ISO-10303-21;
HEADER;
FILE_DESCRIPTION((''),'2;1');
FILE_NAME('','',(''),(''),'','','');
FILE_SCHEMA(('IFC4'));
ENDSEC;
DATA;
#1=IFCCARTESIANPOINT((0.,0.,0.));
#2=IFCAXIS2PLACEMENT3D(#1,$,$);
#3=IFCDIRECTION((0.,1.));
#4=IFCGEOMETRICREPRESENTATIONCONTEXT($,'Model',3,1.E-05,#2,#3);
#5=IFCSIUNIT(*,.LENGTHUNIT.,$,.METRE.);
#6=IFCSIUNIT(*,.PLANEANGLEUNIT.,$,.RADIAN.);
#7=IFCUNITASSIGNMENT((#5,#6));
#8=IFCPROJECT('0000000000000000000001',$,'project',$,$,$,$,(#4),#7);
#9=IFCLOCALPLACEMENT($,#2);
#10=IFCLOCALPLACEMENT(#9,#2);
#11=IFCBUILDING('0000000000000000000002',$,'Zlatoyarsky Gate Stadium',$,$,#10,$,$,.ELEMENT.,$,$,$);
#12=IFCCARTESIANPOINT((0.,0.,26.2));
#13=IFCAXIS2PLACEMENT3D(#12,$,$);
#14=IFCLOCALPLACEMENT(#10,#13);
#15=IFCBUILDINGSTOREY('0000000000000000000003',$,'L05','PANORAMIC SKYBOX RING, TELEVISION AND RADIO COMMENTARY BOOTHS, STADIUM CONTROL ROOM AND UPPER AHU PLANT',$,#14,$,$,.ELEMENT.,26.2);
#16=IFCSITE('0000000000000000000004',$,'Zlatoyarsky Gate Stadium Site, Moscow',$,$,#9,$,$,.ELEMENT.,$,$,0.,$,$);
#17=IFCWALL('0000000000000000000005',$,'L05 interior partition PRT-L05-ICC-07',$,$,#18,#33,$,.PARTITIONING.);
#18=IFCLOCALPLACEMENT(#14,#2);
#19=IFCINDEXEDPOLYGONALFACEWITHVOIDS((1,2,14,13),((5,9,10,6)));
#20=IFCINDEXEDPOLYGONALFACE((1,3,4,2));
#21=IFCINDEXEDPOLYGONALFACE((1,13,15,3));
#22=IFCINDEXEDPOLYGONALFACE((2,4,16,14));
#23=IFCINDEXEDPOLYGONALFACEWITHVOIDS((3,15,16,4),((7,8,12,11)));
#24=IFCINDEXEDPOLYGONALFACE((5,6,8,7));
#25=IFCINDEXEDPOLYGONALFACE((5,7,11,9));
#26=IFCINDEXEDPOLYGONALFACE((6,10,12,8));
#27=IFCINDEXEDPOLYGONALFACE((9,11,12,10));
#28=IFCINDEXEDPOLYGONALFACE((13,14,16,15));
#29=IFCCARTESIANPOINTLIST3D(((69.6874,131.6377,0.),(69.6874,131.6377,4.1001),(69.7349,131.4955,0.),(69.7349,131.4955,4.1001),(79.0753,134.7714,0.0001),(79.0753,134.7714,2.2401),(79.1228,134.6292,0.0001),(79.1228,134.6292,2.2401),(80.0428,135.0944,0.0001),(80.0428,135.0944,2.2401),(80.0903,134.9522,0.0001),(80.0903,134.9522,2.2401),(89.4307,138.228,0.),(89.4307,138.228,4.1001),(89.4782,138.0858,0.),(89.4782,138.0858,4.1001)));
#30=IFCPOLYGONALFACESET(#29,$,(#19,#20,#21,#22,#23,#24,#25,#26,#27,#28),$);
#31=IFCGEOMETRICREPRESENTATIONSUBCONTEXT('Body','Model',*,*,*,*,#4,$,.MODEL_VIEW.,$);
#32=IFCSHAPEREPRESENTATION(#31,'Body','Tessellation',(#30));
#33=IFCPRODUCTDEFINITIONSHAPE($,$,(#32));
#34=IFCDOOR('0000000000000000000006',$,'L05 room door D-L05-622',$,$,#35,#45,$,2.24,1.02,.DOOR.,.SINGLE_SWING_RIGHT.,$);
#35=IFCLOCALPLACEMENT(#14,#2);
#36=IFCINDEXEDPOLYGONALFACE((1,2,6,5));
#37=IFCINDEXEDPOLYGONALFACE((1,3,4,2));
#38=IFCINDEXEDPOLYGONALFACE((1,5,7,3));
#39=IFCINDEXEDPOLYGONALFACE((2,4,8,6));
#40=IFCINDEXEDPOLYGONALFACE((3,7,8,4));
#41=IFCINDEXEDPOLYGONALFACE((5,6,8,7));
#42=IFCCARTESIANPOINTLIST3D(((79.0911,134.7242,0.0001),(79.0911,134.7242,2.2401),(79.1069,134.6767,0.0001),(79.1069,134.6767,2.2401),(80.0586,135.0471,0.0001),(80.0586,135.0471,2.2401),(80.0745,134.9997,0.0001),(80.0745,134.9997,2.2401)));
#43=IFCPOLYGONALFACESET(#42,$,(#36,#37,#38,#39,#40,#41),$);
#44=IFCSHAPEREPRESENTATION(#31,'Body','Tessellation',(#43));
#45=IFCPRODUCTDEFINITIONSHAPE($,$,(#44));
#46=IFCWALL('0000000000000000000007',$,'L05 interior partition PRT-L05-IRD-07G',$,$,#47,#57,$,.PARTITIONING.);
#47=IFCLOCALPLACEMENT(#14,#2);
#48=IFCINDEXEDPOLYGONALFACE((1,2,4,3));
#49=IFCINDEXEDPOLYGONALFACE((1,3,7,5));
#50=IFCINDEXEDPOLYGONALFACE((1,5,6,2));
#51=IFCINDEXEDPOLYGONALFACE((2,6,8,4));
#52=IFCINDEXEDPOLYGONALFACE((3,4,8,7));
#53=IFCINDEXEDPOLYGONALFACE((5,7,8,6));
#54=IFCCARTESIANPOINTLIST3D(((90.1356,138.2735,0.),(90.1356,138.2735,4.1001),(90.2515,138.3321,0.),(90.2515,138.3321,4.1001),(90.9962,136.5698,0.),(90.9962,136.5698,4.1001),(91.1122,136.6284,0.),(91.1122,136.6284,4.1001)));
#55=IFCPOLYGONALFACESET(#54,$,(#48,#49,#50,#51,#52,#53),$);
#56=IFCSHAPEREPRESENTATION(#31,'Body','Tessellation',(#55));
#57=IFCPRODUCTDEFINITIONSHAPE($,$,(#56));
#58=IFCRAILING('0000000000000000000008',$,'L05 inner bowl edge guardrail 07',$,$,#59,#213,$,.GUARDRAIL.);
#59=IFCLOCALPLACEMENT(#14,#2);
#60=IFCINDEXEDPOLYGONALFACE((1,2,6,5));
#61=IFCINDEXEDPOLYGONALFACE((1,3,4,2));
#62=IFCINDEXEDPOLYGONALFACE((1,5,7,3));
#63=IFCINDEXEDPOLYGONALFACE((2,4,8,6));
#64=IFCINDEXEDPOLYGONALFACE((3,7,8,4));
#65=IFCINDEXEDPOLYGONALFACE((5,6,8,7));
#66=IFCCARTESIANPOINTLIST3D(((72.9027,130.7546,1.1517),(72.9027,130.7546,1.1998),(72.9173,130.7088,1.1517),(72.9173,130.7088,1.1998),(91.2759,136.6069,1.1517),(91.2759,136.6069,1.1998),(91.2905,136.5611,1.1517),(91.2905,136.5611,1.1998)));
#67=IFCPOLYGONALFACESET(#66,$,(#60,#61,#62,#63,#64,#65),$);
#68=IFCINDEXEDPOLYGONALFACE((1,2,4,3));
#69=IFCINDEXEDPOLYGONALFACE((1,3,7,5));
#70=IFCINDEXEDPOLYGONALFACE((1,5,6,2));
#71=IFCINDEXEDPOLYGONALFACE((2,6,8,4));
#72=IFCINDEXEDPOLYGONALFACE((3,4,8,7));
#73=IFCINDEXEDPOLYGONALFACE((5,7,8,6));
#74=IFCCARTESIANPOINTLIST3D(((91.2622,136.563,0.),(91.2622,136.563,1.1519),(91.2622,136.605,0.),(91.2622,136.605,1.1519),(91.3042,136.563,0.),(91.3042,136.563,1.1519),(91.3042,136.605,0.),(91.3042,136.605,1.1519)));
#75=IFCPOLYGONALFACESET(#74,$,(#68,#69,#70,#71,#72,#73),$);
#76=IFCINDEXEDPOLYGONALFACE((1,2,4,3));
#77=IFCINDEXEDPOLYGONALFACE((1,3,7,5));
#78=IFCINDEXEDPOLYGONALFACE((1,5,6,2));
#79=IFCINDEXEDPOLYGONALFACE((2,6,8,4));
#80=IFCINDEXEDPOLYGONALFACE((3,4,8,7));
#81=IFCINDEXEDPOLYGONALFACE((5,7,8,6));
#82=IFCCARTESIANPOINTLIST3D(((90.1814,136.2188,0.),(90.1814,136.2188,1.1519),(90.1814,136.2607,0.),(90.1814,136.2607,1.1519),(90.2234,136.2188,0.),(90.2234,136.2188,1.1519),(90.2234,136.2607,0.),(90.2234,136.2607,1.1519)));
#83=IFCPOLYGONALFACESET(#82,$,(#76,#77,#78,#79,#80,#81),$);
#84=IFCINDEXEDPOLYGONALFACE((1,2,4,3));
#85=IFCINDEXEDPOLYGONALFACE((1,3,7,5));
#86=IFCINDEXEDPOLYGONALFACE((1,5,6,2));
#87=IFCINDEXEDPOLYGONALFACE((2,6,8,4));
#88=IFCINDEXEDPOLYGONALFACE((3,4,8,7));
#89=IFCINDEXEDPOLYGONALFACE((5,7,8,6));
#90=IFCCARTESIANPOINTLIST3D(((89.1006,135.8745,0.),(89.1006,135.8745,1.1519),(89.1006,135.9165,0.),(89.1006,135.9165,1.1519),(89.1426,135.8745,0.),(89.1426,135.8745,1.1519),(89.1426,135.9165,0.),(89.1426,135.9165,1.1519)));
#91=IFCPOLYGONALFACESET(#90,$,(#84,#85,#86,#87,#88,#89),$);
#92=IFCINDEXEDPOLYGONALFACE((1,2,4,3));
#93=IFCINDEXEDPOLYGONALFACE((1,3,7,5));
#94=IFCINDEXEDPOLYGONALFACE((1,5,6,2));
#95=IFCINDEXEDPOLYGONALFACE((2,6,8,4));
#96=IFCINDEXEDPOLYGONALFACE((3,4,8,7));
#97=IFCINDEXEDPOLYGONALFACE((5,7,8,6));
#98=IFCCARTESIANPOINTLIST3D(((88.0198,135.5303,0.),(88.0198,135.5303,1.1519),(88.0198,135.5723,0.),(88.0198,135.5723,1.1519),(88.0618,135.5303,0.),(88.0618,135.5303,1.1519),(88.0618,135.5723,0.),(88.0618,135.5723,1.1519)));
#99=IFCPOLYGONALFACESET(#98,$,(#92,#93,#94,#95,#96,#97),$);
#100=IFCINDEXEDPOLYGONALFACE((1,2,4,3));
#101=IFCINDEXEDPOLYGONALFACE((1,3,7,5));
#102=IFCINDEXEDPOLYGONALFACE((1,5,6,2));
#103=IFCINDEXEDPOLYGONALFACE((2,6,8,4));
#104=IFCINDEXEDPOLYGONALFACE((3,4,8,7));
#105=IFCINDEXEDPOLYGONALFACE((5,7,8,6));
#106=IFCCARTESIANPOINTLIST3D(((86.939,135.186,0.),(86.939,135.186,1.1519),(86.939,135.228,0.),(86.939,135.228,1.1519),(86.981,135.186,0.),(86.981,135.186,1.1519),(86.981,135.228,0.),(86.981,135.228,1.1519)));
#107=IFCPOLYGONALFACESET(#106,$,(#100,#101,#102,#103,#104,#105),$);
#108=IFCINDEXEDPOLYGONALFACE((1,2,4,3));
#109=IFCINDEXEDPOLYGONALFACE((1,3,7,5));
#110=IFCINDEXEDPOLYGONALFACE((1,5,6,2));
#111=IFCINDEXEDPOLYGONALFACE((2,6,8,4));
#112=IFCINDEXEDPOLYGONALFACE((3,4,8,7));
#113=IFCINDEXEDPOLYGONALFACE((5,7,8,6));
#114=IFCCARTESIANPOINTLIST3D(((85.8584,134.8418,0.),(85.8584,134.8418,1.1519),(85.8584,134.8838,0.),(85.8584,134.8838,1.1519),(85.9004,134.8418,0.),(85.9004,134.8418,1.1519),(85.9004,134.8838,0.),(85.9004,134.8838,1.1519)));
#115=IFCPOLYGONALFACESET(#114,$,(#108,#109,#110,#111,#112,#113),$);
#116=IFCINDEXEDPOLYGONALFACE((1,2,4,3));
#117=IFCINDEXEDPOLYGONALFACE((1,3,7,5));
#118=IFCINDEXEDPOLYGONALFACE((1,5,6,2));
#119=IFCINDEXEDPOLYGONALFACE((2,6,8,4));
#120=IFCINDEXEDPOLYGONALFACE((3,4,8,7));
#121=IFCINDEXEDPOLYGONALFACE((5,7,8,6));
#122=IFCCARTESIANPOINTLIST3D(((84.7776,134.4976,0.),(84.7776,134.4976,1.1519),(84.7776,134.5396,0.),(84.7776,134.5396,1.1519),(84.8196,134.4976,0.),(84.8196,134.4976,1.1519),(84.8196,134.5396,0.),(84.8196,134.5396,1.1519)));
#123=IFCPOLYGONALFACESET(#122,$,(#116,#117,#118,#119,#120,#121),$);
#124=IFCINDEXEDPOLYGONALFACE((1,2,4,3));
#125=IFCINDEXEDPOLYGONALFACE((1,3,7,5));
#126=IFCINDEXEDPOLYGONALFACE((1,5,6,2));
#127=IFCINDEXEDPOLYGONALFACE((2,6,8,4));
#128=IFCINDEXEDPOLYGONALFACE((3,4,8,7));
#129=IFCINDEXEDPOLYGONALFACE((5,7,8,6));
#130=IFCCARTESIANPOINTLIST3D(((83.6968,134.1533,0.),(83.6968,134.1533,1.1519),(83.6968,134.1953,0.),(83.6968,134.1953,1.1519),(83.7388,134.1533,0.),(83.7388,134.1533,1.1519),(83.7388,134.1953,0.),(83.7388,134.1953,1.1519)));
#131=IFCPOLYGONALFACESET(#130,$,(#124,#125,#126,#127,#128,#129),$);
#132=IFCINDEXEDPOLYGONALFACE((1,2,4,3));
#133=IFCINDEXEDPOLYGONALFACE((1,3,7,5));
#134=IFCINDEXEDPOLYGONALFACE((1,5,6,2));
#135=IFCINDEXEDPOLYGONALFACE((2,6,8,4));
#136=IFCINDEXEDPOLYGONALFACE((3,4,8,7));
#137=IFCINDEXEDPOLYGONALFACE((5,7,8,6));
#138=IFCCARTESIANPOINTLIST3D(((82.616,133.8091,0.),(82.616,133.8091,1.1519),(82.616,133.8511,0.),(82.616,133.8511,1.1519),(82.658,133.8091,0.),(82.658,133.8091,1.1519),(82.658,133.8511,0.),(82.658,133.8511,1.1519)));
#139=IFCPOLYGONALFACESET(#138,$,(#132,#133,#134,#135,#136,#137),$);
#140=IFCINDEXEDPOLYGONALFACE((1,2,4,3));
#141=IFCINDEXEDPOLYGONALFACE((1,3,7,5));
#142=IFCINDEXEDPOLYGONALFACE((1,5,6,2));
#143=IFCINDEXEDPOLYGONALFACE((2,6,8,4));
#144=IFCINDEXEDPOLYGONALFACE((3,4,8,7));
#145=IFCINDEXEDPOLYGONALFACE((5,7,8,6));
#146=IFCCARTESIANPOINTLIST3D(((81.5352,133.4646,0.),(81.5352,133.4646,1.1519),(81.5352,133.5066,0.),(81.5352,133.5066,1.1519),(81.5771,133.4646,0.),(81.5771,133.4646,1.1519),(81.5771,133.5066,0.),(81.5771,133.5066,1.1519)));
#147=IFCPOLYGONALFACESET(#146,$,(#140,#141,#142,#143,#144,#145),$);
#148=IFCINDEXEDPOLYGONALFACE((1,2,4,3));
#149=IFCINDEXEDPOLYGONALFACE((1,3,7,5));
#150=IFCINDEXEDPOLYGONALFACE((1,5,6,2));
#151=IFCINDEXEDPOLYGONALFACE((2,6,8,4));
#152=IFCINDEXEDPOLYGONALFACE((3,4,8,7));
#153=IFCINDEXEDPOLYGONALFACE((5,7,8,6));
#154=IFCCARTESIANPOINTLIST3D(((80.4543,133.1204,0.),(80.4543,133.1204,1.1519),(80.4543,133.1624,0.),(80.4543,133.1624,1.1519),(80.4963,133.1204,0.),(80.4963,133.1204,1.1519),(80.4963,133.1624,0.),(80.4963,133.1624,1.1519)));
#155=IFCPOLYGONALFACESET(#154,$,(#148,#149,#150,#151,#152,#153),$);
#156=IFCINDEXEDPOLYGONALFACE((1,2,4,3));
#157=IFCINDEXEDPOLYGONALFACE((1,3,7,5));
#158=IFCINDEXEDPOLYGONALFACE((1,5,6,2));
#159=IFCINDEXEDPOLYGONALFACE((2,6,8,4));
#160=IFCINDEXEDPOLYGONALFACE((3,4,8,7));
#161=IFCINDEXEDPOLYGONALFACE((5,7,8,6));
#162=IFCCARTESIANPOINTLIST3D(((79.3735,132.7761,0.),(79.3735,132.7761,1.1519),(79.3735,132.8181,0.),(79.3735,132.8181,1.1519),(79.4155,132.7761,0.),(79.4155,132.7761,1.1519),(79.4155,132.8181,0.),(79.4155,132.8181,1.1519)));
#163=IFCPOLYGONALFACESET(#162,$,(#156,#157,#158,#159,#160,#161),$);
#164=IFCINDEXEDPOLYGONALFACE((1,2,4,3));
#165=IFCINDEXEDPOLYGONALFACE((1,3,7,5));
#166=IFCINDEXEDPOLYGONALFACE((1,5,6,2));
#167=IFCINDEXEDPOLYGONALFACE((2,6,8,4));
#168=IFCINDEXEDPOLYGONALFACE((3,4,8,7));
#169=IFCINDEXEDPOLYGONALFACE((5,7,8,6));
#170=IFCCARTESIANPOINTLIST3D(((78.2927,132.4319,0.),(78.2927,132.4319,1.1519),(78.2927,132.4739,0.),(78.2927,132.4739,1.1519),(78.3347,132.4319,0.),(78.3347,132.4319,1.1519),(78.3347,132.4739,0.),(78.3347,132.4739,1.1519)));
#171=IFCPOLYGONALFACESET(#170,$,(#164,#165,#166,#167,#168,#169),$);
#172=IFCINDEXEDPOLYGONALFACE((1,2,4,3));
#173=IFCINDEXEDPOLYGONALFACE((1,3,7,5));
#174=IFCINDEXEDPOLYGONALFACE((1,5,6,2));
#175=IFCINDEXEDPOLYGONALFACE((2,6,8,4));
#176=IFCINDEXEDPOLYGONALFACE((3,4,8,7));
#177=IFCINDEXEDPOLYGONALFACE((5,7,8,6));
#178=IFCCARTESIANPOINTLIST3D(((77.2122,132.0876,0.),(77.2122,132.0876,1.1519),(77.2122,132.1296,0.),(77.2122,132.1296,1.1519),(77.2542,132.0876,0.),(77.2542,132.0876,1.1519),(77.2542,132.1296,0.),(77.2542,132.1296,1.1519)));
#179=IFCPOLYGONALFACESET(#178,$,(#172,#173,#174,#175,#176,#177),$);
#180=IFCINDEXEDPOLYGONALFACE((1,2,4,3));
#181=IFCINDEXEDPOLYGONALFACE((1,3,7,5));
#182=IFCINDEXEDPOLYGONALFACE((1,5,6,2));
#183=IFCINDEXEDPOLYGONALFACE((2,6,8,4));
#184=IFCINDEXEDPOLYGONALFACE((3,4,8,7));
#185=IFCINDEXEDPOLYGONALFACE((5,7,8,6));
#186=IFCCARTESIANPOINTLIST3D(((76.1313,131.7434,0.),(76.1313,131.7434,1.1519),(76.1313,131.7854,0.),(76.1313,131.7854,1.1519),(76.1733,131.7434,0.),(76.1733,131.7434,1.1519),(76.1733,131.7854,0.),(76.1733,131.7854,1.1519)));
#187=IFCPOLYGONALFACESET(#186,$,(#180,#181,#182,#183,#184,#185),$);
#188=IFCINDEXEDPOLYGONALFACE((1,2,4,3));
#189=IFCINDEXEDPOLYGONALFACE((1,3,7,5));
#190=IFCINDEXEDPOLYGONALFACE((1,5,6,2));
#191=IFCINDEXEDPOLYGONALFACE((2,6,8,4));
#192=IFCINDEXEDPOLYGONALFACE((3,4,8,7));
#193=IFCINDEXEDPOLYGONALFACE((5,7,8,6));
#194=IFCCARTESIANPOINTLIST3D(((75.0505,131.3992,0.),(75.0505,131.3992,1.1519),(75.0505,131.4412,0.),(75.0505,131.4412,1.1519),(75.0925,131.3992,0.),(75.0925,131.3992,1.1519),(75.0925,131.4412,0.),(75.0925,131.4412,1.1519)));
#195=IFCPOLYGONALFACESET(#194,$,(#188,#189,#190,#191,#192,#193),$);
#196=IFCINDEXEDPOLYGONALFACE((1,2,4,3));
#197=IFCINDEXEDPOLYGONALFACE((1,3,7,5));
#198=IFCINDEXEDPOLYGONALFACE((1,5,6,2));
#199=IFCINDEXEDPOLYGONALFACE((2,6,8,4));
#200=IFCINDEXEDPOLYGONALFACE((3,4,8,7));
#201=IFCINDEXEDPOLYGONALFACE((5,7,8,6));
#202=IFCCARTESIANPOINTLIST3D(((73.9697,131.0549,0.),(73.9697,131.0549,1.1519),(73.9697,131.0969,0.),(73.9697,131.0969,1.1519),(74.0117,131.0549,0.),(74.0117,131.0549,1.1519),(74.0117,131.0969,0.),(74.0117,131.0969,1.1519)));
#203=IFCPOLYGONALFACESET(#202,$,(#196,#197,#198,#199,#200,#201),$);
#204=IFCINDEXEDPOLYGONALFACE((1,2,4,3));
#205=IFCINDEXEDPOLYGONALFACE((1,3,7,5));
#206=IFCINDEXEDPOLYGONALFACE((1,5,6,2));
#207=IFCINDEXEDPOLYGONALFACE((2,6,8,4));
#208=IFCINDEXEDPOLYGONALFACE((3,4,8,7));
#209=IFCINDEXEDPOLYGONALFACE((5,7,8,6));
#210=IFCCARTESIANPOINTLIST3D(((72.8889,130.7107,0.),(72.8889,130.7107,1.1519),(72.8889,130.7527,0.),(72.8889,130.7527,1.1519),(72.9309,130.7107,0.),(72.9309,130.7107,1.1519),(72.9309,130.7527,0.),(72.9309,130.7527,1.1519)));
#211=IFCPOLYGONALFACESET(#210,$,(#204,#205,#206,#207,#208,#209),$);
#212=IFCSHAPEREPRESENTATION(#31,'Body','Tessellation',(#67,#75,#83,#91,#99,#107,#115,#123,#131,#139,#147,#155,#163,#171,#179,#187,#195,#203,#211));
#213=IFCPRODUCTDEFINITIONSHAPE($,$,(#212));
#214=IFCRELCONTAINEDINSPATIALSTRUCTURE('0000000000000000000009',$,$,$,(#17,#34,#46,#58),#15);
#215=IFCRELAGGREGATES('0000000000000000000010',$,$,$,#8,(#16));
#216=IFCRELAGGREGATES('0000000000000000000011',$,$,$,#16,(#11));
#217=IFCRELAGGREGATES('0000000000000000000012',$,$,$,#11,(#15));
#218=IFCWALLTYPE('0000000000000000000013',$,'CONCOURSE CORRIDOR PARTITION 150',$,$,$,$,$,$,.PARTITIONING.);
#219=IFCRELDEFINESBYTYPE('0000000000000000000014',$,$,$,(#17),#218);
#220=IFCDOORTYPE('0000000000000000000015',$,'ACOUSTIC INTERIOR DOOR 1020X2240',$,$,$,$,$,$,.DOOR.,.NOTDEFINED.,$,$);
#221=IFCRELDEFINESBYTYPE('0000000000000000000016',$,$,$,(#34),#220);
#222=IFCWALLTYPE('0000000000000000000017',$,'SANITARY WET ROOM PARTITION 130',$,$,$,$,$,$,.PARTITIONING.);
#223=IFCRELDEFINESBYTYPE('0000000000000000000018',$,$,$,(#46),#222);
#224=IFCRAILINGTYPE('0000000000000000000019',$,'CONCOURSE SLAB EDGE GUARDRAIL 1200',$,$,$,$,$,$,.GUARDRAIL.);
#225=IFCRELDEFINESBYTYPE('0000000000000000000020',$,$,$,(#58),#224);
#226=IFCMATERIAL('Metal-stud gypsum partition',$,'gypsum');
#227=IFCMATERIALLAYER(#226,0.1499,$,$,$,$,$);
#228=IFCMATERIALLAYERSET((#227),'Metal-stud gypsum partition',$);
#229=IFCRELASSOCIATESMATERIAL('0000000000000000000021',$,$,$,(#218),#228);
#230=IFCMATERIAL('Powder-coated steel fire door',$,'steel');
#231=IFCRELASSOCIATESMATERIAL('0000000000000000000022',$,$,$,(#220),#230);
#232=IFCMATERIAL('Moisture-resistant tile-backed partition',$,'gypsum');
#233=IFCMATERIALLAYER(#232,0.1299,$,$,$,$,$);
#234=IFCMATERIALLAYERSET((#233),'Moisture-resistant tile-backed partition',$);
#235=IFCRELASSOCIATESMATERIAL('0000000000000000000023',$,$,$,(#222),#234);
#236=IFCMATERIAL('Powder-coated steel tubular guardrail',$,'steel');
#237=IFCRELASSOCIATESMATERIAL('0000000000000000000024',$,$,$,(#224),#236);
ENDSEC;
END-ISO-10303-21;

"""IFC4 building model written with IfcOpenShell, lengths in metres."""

from ifc_helpers import new_model, si_unit, direction, frame, frame_2d, origin, origin_2d, place, context, subcontext, project, spatial, rectangle, extrude, material, layer, layer_set, type_object, element, fill, save


model = new_model("IFC4")

# Units and contexts
model_context = context("Model", 3, precision=1e-05, world=origin(), true_north=direction((0.0, 1.0)))
body_context = subcontext(model_context, "Body", "Model", "MODEL_VIEW")
ifc_project = project(units=[si_unit("LENGTHUNIT", "METRE"), si_unit("PLANEANGLEUNIT", "RADIAN")], contexts=[model_context])

# Site, building, storey
site_placement = place(None, origin())
site = spatial("IfcSite", under=ifc_project, at=site_placement, Name="Zlatoyarsky Gate Stadium Site, Moscow", CompositionType="ELEMENT", RefElevation=0.0)
building_placement = place(site_placement, origin())
building = spatial("IfcBuilding", under=site, at=building_placement, Name="Zlatoyarsky Gate Stadium", CompositionType="ELEMENT")
storey_placement = place(building_placement, frame((0.0, 0.0, 26.2)))
storey = spatial("IfcBuildingStorey", under=building, at=storey_placement, Name="L05", Description="PANORAMIC SKYBOX RING, TELEVISION AND RADIO COMMENTARY BOOTHS, STADIUM CONTROL ROOM AND UPPER AHU PLANT", CompositionType="ELEMENT", Elevation=26.2)

# Wall, opening, door
ifc_material_1 = material(Name="Metal-stud gypsum partition", Category="gypsum")
ifc_layer_1 = layer(ifc_material_1, 0.1499)
ifc_layer_set_1 = layer_set([ifc_layer_1], Name="Metal-stud gypsum partition")
wall_type_1 = type_object("IfcWallType", Name="CONCOURSE CORRIDOR PARTITION 150", PredefinedType="PARTITIONING", material=ifc_layer_set_1)
wall_1_placement = place(storey_placement, frame((89.4546, 138.157, 0.0), z_axis=(0.0, 0.0, 1.0), x_axis=(-0.948551, -0.316625, 0.0)))
wall_1 = element("IfcWall", 1, at=wall_1_placement, inside=storey, type_object=wall_type_1, Name="L05 interior partition PRT-L05-ICC-07", PredefinedType="PARTITIONING", context=body_context, shape_type="SweptSolid", body=[
    extrude(rectangle(XDim=20.8142, YDim=0.1499, at=frame_2d((10.4072, 0.0))), origin(), (0.0, 0.0, 1.0), 4.1001),
])
opening_placement = place(wall_1_placement, frame((9.8972, 0.0, 0.0)))
opening = element("IfcOpeningElement", 2, at=opening_placement, cuts=wall_1, PredefinedType="OPENING", context=body_context, shape_type="SweptSolid", body=[
    extrude(rectangle(XDim=1.02, YDim=2.24, at=frame_2d((0.51, 1.1201))), frame((0.0, 0.085, 0.0), z_axis=(0.0, -1.0, 0.0), x_axis=(1.0, 0.0, 0.0)), (0.0, 0.0, 1.0), 0.1699),
])
ifc_material_2 = material(Name="Powder-coated steel fire door", Category="steel")
door_type = type_object("IfcDoorType", Name="ACOUSTIC INTERIOR DOOR 1020X2240", OperationType="NOTDEFINED", PredefinedType="DOOR", material=ifc_material_2)
door_placement = place(opening_placement, origin())
door = element("IfcDoor", 3, at=door_placement, inside=storey, type_object=door_type, Name="L05 room door D-L05-622", OperationType="SINGLE_SWING_RIGHT", OverallHeight=2.24, OverallWidth=1.02, PredefinedType="DOOR", context=body_context, shape_type="SweptSolid", body=[
    extrude(rectangle(XDim=1.02, YDim=2.24, at=frame_2d((0.51, 1.1201))), frame((0.0, 0.0249, 0.0), z_axis=(0.0, -1.0, 0.0), x_axis=(1.0, 0.0, 0.0)), (0.0, 0.0, 1.0), 0.05),
])
fill(opening, door)

# Wall
ifc_material_3 = material(Name="Moisture-resistant tile-backed partition", Category="gypsum")
ifc_layer_2 = layer(ifc_material_3, 0.1299)
ifc_layer_set_2 = layer_set([ifc_layer_2], Name="Moisture-resistant tile-backed partition")
wall_type_2 = type_object("IfcWallType", Name="SANITARY WET ROOM PARTITION 130", PredefinedType="PARTITIONING", material=ifc_layer_set_2)
wall_2_placement = place(storey_placement, frame((91.0542, 136.5991, 0.0), z_axis=(0.0, 0.0, 1.0), x_axis=(-0.450894, 0.892578, 0.0)))
element("IfcWall", 4, at=wall_2_placement, inside=storey, type_object=wall_type_2, Name="L05 interior partition PRT-L05-IRD-07G", PredefinedType="PARTITIONING", context=body_context, shape_type="SweptSolid", body=[
    extrude(rectangle(XDim=1.9087, YDim=0.1299, at=frame_2d((0.9543, 0.0))), origin(), (0.0, 0.0, 1.0), 4.1001),
])

# Railing
ifc_material_4 = material(Name="Powder-coated steel tubular guardrail", Category="steel")
railing_type = type_object("IfcRailingType", Name="CONCOURSE SLAB EDGE GUARDRAIL 1200", PredefinedType="GUARDRAIL", material=ifc_material_4)
railing_1_placement = place(storey_placement, frame((91.2832, 136.584, 0.0)))
element("IfcRailing", 5, at=railing_1_placement, inside=storey, type_object=railing_type, Name="L05 inner bowl edge guardrail 07", PredefinedType="GUARDRAIL", context=body_context, shape_type="SweptSolid", body=[
    extrude(rectangle(XDim=0.0481, YDim=0.0481, at=origin_2d()), frame((0.0, 0.0, 1.1758), z_axis=(-0.952832, -0.303498, 0.0), x_axis=(0.303498, -0.952832, 0.0)), (0.0, 0.0, 1.0), 19.2827),
    extrude(rectangle(XDim=0.042, YDim=0.042, at=origin_2d()), origin(), (0.0, 0.0, 1.0), 1.1519),
    extrude(rectangle(XDim=0.042, YDim=0.042, at=origin_2d()), frame((-1.0808, -0.3442, 0.0)), (0.0, 0.0, 1.0), 1.1519),
    extrude(rectangle(XDim=0.042, YDim=0.042, at=origin_2d()), frame((-2.1616, -0.6885, 0.0)), (0.0, 0.0, 1.0), 1.1519),
    extrude(rectangle(XDim=0.042, YDim=0.042, at=origin_2d()), frame((-3.2424, -1.0327, 0.0)), (0.0, 0.0, 1.0), 1.1519),
    extrude(rectangle(XDim=0.042, YDim=0.042, at=origin_2d()), frame((-4.3232, -1.377, 0.0)), (0.0, 0.0, 1.0), 1.1519),
    extrude(rectangle(XDim=0.042, YDim=0.042, at=origin_2d()), frame((-5.4038, -1.7212, 0.0)), (0.0, 0.0, 1.0), 1.1519),
    extrude(rectangle(XDim=0.042, YDim=0.042, at=origin_2d()), frame((-6.4846, -2.0654, 0.0)), (0.0, 0.0, 1.0), 1.1519),
    extrude(rectangle(XDim=0.042, YDim=0.042, at=origin_2d()), frame((-7.5654, -2.4097, 0.0)), (0.0, 0.0, 1.0), 1.1519),
    extrude(rectangle(XDim=0.042, YDim=0.042, at=origin_2d()), frame((-8.6462, -2.7539, 0.0)), (0.0, 0.0, 1.0), 1.1519),
    extrude(rectangle(XDim=0.042, YDim=0.042, at=origin_2d()), frame((-9.7271, -3.0984, 0.0)), (0.0, 0.0, 1.0), 1.1519),
    extrude(rectangle(XDim=0.042, YDim=0.042, at=origin_2d()), frame((-10.8079, -3.4426, 0.0)), (0.0, 0.0, 1.0), 1.1519),
    extrude(rectangle(XDim=0.042, YDim=0.042, at=origin_2d()), frame((-11.8887, -3.7869, 0.0)), (0.0, 0.0, 1.0), 1.1519),
    extrude(rectangle(XDim=0.042, YDim=0.042, at=origin_2d()), frame((-12.9695, -4.1311, 0.0)), (0.0, 0.0, 1.0), 1.1519),
    extrude(rectangle(XDim=0.042, YDim=0.042, at=origin_2d()), frame((-14.05, -4.4753, 0.0)), (0.0, 0.0, 1.0), 1.1519),
    extrude(rectangle(XDim=0.042, YDim=0.042, at=origin_2d()), frame((-15.1309, -4.8196, 0.0)), (0.0, 0.0, 1.0), 1.1519),
    extrude(rectangle(XDim=0.042, YDim=0.042, at=origin_2d()), frame((-16.2117, -5.1638, 0.0)), (0.0, 0.0, 1.0), 1.1519),
    extrude(rectangle(XDim=0.042, YDim=0.042, at=origin_2d()), frame((-17.2925, -5.5081, 0.0)), (0.0, 0.0, 1.0), 1.1519),
    extrude(rectangle(XDim=0.042, YDim=0.042, at=origin_2d()), frame((-18.3733, -5.8523, 0.0)), (0.0, 0.0, 1.0), 1.1519),
])

save(model, "model.ifc")
